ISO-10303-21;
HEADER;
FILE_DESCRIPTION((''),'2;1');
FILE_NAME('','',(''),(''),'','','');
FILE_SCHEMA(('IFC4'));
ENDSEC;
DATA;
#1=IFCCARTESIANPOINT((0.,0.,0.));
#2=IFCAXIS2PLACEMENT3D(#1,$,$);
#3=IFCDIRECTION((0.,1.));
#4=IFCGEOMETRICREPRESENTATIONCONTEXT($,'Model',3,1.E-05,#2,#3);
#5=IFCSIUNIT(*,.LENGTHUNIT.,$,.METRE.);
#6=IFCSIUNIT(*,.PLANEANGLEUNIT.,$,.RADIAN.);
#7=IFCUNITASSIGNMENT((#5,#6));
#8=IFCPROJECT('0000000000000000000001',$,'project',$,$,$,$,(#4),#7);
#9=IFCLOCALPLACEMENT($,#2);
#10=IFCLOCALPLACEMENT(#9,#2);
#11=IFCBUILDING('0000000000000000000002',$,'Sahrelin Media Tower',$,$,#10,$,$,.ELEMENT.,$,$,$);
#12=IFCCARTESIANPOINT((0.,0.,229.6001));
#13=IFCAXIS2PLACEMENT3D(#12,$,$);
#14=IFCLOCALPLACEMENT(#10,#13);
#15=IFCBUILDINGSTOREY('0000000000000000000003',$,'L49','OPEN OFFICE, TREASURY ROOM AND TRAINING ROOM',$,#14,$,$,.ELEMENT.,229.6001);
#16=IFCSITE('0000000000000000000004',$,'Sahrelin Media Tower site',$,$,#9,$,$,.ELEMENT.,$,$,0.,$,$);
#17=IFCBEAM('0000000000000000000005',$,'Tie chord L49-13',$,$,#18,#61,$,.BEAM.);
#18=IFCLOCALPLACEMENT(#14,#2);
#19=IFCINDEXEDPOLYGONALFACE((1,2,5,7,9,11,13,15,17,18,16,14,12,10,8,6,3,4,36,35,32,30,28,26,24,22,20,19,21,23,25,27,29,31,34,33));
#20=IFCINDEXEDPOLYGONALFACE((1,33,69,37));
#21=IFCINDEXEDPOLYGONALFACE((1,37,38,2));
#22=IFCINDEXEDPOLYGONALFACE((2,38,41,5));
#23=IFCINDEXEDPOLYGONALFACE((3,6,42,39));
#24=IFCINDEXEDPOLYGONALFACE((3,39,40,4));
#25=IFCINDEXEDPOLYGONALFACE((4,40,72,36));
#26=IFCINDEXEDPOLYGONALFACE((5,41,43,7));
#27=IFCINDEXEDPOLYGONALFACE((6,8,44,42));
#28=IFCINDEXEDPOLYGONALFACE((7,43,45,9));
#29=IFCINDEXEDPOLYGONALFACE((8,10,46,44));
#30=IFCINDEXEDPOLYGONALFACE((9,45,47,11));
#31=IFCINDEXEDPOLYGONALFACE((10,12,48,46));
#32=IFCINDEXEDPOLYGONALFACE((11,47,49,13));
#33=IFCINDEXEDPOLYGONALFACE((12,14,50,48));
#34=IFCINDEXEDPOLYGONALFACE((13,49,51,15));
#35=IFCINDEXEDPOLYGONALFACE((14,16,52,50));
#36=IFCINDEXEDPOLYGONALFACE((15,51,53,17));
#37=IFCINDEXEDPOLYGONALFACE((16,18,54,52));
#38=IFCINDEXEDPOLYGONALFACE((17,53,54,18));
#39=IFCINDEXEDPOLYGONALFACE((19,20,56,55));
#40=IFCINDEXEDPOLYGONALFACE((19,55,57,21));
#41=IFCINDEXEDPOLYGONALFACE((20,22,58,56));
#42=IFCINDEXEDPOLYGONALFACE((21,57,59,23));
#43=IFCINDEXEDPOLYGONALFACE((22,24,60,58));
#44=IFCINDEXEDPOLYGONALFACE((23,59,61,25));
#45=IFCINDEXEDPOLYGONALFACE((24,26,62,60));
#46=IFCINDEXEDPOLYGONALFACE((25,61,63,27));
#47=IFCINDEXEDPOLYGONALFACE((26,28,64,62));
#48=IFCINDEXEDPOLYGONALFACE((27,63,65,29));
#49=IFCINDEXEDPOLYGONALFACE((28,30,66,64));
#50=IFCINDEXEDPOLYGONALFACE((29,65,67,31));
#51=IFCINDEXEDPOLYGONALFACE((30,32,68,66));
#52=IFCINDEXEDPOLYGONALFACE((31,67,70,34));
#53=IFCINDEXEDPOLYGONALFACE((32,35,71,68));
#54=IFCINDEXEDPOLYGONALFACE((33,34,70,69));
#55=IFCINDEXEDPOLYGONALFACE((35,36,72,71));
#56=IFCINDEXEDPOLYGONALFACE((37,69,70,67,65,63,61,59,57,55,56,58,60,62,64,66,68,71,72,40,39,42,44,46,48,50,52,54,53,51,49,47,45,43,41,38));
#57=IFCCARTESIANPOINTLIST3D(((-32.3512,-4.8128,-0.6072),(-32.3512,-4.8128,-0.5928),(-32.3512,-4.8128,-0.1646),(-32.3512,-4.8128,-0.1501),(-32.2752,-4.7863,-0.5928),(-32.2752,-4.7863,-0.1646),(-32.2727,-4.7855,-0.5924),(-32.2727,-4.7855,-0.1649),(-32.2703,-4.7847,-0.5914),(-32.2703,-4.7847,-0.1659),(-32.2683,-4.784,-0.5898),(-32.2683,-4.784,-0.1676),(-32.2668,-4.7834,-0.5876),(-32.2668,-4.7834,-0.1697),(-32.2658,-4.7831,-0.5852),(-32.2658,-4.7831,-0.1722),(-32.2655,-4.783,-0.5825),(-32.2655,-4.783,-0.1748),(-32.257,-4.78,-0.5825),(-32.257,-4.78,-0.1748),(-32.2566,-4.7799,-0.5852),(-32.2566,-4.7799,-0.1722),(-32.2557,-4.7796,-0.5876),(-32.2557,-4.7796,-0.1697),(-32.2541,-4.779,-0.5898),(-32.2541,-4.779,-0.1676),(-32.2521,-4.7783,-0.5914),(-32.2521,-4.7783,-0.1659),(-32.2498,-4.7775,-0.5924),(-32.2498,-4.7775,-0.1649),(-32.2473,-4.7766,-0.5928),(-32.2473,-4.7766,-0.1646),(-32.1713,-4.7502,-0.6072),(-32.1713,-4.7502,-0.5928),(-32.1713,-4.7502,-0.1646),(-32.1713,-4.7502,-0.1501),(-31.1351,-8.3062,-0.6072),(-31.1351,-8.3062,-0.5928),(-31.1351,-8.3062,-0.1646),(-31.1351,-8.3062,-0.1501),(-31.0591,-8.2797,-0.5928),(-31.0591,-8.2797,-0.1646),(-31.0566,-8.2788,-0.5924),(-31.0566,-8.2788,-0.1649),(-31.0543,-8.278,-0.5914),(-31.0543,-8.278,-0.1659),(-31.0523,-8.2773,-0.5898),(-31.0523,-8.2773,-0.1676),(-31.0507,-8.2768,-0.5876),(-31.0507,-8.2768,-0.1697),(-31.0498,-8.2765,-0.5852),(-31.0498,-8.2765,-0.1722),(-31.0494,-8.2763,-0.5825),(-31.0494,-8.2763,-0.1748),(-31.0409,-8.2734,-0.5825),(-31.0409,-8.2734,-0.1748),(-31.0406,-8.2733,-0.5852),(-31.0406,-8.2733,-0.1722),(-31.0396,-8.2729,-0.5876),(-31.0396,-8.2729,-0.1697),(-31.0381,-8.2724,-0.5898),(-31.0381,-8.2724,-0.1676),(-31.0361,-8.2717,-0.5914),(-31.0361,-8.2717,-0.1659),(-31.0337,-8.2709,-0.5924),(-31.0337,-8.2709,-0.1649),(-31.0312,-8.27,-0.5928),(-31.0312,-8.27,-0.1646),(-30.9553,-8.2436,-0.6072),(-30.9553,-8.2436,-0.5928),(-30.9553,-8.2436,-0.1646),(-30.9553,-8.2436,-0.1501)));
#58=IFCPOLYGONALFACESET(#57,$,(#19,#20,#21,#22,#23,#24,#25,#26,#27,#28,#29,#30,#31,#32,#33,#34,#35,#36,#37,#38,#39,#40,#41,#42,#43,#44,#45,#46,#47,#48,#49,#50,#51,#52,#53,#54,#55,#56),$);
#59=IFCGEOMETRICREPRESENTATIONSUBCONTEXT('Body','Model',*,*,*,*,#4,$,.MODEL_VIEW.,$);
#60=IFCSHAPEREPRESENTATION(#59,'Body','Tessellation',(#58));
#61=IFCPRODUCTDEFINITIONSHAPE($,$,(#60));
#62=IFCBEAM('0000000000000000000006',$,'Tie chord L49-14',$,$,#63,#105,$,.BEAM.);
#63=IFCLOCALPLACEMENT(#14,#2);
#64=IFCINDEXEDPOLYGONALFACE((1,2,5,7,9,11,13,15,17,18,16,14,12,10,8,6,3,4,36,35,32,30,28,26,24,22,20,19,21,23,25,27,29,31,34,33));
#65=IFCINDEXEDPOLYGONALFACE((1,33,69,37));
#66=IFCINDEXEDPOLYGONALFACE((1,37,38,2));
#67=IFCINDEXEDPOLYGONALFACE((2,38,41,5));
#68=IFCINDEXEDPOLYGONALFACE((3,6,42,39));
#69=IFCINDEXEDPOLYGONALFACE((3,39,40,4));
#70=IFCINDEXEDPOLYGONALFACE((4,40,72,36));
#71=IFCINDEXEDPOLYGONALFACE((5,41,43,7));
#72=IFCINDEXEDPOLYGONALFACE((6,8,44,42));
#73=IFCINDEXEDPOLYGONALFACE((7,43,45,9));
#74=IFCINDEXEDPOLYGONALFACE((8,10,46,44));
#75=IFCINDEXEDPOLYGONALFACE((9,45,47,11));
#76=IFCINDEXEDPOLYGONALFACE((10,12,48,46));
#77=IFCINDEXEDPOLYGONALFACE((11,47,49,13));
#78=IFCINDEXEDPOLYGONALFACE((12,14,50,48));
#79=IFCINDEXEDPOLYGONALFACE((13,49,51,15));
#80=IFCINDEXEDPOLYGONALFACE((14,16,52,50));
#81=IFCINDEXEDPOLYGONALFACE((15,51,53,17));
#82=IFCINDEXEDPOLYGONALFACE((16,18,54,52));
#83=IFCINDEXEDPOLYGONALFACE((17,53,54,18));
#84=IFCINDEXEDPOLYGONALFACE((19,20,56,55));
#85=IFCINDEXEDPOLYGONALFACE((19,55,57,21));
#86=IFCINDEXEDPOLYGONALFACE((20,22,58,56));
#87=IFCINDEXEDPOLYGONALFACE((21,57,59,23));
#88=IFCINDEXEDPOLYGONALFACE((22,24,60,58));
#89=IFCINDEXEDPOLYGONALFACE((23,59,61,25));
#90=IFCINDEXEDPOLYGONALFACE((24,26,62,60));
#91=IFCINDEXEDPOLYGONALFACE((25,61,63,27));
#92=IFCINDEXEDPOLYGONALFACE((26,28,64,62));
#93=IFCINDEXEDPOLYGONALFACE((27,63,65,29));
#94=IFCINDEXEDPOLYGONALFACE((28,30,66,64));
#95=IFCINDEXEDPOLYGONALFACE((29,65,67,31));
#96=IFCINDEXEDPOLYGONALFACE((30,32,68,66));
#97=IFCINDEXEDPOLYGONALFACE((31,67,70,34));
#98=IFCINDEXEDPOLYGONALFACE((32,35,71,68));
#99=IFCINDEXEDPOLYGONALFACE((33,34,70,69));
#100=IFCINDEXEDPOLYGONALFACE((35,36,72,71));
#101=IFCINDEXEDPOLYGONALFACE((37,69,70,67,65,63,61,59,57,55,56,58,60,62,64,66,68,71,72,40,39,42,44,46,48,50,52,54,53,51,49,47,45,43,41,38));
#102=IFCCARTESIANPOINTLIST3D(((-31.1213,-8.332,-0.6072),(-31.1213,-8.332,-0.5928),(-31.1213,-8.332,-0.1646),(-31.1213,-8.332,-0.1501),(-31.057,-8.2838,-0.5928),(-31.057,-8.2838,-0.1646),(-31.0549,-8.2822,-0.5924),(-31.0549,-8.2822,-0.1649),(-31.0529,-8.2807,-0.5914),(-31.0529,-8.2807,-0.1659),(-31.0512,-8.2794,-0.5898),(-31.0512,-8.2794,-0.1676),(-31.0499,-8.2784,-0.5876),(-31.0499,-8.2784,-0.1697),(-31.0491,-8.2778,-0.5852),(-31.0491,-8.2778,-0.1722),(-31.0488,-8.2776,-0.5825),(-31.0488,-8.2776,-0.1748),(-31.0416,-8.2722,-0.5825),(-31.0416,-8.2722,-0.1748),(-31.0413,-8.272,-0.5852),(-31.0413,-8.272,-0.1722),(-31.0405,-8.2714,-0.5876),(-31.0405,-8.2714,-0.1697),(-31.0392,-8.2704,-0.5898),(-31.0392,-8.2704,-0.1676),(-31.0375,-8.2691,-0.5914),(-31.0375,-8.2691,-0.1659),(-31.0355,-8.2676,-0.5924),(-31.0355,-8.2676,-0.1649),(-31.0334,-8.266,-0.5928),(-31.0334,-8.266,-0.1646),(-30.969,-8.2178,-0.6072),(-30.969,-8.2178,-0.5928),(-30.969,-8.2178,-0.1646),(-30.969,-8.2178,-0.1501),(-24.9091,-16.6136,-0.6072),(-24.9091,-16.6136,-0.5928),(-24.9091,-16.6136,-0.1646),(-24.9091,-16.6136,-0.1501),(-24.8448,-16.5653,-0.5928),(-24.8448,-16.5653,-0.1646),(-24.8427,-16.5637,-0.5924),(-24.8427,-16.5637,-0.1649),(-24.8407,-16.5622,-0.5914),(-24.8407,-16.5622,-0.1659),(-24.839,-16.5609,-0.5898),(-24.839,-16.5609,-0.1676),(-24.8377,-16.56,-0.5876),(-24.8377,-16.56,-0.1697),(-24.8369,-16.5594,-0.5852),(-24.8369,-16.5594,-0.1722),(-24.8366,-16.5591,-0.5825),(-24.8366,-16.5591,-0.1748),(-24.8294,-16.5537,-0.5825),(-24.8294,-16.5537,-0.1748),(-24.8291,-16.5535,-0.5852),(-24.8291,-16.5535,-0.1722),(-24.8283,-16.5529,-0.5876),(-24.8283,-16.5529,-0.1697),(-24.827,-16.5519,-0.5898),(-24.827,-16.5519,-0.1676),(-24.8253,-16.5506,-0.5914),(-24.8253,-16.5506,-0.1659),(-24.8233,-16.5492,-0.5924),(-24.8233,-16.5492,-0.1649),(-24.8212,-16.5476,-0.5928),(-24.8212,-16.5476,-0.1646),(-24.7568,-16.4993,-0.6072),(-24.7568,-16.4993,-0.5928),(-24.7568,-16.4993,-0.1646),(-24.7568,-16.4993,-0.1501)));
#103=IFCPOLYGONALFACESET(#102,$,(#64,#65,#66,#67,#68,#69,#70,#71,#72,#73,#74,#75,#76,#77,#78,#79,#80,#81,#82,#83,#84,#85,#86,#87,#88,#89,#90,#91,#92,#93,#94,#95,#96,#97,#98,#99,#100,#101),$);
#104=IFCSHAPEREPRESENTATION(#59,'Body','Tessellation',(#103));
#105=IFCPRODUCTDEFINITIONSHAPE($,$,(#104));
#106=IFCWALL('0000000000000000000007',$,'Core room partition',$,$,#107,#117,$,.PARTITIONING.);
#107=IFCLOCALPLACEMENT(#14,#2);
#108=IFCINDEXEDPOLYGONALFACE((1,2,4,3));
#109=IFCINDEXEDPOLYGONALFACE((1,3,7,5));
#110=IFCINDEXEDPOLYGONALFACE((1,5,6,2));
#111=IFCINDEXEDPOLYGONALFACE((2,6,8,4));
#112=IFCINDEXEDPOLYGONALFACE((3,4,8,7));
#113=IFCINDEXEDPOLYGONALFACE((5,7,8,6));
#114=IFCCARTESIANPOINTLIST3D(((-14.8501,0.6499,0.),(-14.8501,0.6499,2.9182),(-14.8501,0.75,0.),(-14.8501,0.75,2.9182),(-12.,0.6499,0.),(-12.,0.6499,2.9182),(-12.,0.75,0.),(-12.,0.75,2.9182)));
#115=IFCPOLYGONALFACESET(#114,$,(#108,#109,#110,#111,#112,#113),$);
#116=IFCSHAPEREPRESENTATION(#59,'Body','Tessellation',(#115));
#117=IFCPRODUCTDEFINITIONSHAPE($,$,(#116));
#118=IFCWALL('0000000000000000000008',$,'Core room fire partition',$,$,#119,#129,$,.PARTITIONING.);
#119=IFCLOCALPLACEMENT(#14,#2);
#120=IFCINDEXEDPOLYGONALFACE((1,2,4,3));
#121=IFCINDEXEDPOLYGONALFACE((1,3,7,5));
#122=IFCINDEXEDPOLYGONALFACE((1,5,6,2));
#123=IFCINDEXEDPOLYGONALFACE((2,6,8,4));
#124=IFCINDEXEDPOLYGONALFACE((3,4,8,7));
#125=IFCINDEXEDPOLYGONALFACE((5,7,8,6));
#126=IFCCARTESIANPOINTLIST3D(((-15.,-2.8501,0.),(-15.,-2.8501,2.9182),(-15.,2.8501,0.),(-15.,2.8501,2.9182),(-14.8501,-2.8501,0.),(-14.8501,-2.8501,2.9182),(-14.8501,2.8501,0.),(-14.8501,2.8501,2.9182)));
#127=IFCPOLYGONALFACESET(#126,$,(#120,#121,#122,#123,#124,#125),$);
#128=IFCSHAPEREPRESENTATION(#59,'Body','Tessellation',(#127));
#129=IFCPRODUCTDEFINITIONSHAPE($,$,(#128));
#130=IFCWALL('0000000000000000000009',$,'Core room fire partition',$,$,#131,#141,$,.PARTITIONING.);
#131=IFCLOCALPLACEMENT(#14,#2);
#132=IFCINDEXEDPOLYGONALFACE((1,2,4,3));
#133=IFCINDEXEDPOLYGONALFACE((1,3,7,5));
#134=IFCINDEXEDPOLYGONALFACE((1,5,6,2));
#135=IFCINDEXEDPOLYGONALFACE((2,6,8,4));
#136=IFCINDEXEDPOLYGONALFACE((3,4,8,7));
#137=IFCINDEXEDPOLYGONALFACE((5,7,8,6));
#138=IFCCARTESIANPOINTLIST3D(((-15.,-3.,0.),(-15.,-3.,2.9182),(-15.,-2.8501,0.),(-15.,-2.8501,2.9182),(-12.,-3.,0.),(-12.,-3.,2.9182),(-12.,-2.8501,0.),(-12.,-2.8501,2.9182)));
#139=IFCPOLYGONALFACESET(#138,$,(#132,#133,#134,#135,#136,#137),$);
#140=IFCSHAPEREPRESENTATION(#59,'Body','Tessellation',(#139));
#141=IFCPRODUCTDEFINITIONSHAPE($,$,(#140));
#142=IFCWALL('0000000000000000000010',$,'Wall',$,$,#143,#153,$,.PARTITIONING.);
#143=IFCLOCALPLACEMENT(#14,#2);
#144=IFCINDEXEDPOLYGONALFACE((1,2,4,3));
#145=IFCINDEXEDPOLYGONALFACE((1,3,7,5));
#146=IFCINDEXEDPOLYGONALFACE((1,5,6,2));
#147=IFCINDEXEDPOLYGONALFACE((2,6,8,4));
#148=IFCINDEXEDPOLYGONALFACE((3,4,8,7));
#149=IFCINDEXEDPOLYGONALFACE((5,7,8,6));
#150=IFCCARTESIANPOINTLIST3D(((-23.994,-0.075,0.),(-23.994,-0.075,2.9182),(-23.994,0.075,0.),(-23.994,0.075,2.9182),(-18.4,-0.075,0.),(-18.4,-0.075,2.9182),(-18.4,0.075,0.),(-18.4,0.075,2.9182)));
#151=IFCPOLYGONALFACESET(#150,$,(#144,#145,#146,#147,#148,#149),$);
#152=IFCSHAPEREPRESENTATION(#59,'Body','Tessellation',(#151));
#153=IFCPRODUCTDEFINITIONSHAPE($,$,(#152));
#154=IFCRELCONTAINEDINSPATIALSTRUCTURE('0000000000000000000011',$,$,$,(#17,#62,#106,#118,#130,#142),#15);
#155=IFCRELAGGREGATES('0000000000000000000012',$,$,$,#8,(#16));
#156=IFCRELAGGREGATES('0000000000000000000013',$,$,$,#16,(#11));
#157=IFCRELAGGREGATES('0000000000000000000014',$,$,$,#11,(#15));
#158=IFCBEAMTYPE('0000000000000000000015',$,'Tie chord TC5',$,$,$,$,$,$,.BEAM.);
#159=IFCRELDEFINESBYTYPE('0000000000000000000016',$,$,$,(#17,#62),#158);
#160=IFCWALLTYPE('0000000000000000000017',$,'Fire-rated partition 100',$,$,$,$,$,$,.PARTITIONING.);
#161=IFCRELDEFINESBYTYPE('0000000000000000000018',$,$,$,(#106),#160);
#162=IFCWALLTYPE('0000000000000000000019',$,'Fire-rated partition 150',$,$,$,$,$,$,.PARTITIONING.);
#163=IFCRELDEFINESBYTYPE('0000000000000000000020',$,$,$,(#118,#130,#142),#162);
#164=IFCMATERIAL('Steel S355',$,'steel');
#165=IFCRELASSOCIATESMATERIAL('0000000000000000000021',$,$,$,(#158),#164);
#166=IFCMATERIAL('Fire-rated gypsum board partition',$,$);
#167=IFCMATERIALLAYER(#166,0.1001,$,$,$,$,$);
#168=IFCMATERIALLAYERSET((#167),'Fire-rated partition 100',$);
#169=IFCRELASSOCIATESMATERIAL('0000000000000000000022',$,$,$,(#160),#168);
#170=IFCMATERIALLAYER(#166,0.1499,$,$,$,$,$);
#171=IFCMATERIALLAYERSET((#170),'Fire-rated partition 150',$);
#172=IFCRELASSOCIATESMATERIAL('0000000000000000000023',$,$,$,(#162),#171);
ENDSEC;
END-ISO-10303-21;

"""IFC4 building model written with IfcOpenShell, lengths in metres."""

from ifc_helpers import new_model, si_unit, direction, frame, frame_2d, origin, origin_2d, place, context, subcontext, project, spatial, rectangle, i_section, extrude, material, layer, layer_set, material_profile, profile_set, type_object, element, save


model = new_model("IFC4")

# Units and contexts
model_context = context("Model", 3, precision=1e-05, world=origin(), true_north=direction((0.0, 1.0)))
body_context = subcontext(model_context, "Body", "Model", "MODEL_VIEW")
ifc_project = project(units=[si_unit("LENGTHUNIT", "METRE"), si_unit("PLANEANGLEUNIT", "RADIAN")], contexts=[model_context])

# Site, building, storey
site_placement = place(None, origin())
site = spatial("IfcSite", under=ifc_project, at=site_placement, Name="Sahrelin Media Tower site", CompositionType="ELEMENT", RefElevation=0.0)
building_placement = place(site_placement, origin())
building = spatial("IfcBuilding", under=site, at=building_placement, Name="Sahrelin Media Tower", CompositionType="ELEMENT")
storey_placement = place(building_placement, frame((0.0, 0.0, 229.6001)))
storey = spatial("IfcBuildingStorey", under=building, at=storey_placement, Name="L49", Description="OPEN OFFICE, TREASURY ROOM AND TRAINING ROOM", CompositionType="ELEMENT", Elevation=229.6001)

# Beams
ifc_material_1 = material(Name="Steel S355", Category="steel")
ifc_material_profile = material_profile(ifc_material_1, i_section(OverallWidth=0.1904, OverallDepth=0.457, WebThickness=0.009, FlangeThickness=0.0144, FilletRadius=0.0103, at=origin_2d()), Name="UB 457x191x74")
ifc_profile_set = profile_set([ifc_material_profile], Name="Steel S355")
beam_type = type_object("IfcBeamType", Name="Tie chord TC5", PredefinedType="BEAM", material=ifc_profile_set)
beam_1_placement = place(storey_placement, frame((-32.2612, -4.7815, -0.3787), z_axis=(0.328754, -0.944416, 0.0), x_axis=(0.944416, 0.328754, 0.0)))
element("IfcBeam", 1, at=beam_1_placement, inside=storey, type_object=beam_type, Name="Tie chord L49-13", PredefinedType="BEAM", context=body_context, shape_type="SweptSolid", body=[
    extrude(i_section(OverallWidth=0.1904, OverallDepth=0.457, WebThickness=0.009, FlangeThickness=0.0144, FilletRadius=0.0103, at=origin_2d()), origin(), (0.0, 0.0, 1.0), 3.699),
])
beam_2_placement = place(storey_placement, frame((-31.0452, -8.2749, -0.3787), z_axis=(0.600064, -0.799952, 0.0), x_axis=(0.799952, 0.600064, 0.0)))
element("IfcBeam", 2, at=beam_2_placement, inside=storey, type_object=beam_type, Name="Tie chord L49-14", PredefinedType="BEAM", context=body_context, shape_type="SweptSolid", body=[
    extrude(i_section(OverallWidth=0.1904, OverallDepth=0.457, WebThickness=0.009, FlangeThickness=0.0144, FilletRadius=0.0103, at=origin_2d()), origin(), (0.0, 0.0, 1.0), 10.3525),
])

# Walls
ifc_material_2 = material(Name="Fire-rated gypsum board partition")
ifc_layer_1 = layer(ifc_material_2, 0.1001)
ifc_layer_set_1 = layer_set([ifc_layer_1], Name="Fire-rated partition 100")
wall_type_1 = type_object("IfcWallType", Name="Fire-rated partition 100", PredefinedType="PARTITIONING", material=ifc_layer_set_1)
wall_1_placement = place(storey_placement, frame((-14.8501, 0.7, 0.0), z_axis=(0.0, 0.0, 1.0), x_axis=(1.0, 0.0, 0.0)))
element("IfcWall", 3, at=wall_1_placement, inside=storey, type_object=wall_type_1, Name="Core room partition", PredefinedType="PARTITIONING", context=body_context, shape_type="SweptSolid", body=[
    extrude(rectangle(XDim=2.8501, YDim=0.1001, at=frame_2d((1.425, 0.0))), origin(), (0.0, 0.0, 1.0), 2.9182),
])
ifc_layer_2 = layer(ifc_material_2, 0.1499)
ifc_layer_set_2 = layer_set([ifc_layer_2], Name="Fire-rated partition 150")
wall_type_2 = type_object("IfcWallType", Name="Fire-rated partition 150", PredefinedType="PARTITIONING", material=ifc_layer_set_2)
wall_2_placement = place(storey_placement, frame((-14.925, -2.8501, 0.0), z_axis=(0.0, 0.0, 1.0), x_axis=(0.0, 1.0, 0.0)))
element("IfcWall", 4, at=wall_2_placement, inside=storey, type_object=wall_type_2, Name="Core room fire partition", PredefinedType="PARTITIONING", context=body_context, shape_type="SweptSolid", body=[
    extrude(rectangle(XDim=5.7002, YDim=0.1499, at=frame_2d((2.8501, 0.0))), origin(), (0.0, 0.0, 1.0), 2.9182),
])
wall_3_placement = place(storey_placement, frame((-15.0, -2.925, 0.0), z_axis=(0.0, 0.0, 1.0), x_axis=(1.0, 0.0, 0.0)))
element("IfcWall", 5, at=wall_3_placement, inside=storey, type_object=wall_type_2, Name="Core room fire partition", PredefinedType="PARTITIONING", context=body_context, shape_type="SweptSolid", body=[
    extrude(rectangle(XDim=3.0, YDim=0.1499, at=frame_2d((1.5, 0.0))), origin(), (0.0, 0.0, 1.0), 2.9182),
])
wall_4_placement = place(storey_placement, frame((-23.9939, 0.0, 0.0), z_axis=(0.0, 0.0, 1.0), x_axis=(1.0, 0.0, 0.0)))
element("IfcWall", 6, at=wall_4_placement, inside=storey, type_object=wall_type_2, Name="Wall", PredefinedType="PARTITIONING", context=body_context, shape_type="SweptSolid", body=[
    extrude(rectangle(XDim=5.594, YDim=0.1499, at=frame_2d((2.7969, 0.0))), origin(), (0.0, 0.0, 1.0), 2.9182),
])

save(model, "model.ifc")
